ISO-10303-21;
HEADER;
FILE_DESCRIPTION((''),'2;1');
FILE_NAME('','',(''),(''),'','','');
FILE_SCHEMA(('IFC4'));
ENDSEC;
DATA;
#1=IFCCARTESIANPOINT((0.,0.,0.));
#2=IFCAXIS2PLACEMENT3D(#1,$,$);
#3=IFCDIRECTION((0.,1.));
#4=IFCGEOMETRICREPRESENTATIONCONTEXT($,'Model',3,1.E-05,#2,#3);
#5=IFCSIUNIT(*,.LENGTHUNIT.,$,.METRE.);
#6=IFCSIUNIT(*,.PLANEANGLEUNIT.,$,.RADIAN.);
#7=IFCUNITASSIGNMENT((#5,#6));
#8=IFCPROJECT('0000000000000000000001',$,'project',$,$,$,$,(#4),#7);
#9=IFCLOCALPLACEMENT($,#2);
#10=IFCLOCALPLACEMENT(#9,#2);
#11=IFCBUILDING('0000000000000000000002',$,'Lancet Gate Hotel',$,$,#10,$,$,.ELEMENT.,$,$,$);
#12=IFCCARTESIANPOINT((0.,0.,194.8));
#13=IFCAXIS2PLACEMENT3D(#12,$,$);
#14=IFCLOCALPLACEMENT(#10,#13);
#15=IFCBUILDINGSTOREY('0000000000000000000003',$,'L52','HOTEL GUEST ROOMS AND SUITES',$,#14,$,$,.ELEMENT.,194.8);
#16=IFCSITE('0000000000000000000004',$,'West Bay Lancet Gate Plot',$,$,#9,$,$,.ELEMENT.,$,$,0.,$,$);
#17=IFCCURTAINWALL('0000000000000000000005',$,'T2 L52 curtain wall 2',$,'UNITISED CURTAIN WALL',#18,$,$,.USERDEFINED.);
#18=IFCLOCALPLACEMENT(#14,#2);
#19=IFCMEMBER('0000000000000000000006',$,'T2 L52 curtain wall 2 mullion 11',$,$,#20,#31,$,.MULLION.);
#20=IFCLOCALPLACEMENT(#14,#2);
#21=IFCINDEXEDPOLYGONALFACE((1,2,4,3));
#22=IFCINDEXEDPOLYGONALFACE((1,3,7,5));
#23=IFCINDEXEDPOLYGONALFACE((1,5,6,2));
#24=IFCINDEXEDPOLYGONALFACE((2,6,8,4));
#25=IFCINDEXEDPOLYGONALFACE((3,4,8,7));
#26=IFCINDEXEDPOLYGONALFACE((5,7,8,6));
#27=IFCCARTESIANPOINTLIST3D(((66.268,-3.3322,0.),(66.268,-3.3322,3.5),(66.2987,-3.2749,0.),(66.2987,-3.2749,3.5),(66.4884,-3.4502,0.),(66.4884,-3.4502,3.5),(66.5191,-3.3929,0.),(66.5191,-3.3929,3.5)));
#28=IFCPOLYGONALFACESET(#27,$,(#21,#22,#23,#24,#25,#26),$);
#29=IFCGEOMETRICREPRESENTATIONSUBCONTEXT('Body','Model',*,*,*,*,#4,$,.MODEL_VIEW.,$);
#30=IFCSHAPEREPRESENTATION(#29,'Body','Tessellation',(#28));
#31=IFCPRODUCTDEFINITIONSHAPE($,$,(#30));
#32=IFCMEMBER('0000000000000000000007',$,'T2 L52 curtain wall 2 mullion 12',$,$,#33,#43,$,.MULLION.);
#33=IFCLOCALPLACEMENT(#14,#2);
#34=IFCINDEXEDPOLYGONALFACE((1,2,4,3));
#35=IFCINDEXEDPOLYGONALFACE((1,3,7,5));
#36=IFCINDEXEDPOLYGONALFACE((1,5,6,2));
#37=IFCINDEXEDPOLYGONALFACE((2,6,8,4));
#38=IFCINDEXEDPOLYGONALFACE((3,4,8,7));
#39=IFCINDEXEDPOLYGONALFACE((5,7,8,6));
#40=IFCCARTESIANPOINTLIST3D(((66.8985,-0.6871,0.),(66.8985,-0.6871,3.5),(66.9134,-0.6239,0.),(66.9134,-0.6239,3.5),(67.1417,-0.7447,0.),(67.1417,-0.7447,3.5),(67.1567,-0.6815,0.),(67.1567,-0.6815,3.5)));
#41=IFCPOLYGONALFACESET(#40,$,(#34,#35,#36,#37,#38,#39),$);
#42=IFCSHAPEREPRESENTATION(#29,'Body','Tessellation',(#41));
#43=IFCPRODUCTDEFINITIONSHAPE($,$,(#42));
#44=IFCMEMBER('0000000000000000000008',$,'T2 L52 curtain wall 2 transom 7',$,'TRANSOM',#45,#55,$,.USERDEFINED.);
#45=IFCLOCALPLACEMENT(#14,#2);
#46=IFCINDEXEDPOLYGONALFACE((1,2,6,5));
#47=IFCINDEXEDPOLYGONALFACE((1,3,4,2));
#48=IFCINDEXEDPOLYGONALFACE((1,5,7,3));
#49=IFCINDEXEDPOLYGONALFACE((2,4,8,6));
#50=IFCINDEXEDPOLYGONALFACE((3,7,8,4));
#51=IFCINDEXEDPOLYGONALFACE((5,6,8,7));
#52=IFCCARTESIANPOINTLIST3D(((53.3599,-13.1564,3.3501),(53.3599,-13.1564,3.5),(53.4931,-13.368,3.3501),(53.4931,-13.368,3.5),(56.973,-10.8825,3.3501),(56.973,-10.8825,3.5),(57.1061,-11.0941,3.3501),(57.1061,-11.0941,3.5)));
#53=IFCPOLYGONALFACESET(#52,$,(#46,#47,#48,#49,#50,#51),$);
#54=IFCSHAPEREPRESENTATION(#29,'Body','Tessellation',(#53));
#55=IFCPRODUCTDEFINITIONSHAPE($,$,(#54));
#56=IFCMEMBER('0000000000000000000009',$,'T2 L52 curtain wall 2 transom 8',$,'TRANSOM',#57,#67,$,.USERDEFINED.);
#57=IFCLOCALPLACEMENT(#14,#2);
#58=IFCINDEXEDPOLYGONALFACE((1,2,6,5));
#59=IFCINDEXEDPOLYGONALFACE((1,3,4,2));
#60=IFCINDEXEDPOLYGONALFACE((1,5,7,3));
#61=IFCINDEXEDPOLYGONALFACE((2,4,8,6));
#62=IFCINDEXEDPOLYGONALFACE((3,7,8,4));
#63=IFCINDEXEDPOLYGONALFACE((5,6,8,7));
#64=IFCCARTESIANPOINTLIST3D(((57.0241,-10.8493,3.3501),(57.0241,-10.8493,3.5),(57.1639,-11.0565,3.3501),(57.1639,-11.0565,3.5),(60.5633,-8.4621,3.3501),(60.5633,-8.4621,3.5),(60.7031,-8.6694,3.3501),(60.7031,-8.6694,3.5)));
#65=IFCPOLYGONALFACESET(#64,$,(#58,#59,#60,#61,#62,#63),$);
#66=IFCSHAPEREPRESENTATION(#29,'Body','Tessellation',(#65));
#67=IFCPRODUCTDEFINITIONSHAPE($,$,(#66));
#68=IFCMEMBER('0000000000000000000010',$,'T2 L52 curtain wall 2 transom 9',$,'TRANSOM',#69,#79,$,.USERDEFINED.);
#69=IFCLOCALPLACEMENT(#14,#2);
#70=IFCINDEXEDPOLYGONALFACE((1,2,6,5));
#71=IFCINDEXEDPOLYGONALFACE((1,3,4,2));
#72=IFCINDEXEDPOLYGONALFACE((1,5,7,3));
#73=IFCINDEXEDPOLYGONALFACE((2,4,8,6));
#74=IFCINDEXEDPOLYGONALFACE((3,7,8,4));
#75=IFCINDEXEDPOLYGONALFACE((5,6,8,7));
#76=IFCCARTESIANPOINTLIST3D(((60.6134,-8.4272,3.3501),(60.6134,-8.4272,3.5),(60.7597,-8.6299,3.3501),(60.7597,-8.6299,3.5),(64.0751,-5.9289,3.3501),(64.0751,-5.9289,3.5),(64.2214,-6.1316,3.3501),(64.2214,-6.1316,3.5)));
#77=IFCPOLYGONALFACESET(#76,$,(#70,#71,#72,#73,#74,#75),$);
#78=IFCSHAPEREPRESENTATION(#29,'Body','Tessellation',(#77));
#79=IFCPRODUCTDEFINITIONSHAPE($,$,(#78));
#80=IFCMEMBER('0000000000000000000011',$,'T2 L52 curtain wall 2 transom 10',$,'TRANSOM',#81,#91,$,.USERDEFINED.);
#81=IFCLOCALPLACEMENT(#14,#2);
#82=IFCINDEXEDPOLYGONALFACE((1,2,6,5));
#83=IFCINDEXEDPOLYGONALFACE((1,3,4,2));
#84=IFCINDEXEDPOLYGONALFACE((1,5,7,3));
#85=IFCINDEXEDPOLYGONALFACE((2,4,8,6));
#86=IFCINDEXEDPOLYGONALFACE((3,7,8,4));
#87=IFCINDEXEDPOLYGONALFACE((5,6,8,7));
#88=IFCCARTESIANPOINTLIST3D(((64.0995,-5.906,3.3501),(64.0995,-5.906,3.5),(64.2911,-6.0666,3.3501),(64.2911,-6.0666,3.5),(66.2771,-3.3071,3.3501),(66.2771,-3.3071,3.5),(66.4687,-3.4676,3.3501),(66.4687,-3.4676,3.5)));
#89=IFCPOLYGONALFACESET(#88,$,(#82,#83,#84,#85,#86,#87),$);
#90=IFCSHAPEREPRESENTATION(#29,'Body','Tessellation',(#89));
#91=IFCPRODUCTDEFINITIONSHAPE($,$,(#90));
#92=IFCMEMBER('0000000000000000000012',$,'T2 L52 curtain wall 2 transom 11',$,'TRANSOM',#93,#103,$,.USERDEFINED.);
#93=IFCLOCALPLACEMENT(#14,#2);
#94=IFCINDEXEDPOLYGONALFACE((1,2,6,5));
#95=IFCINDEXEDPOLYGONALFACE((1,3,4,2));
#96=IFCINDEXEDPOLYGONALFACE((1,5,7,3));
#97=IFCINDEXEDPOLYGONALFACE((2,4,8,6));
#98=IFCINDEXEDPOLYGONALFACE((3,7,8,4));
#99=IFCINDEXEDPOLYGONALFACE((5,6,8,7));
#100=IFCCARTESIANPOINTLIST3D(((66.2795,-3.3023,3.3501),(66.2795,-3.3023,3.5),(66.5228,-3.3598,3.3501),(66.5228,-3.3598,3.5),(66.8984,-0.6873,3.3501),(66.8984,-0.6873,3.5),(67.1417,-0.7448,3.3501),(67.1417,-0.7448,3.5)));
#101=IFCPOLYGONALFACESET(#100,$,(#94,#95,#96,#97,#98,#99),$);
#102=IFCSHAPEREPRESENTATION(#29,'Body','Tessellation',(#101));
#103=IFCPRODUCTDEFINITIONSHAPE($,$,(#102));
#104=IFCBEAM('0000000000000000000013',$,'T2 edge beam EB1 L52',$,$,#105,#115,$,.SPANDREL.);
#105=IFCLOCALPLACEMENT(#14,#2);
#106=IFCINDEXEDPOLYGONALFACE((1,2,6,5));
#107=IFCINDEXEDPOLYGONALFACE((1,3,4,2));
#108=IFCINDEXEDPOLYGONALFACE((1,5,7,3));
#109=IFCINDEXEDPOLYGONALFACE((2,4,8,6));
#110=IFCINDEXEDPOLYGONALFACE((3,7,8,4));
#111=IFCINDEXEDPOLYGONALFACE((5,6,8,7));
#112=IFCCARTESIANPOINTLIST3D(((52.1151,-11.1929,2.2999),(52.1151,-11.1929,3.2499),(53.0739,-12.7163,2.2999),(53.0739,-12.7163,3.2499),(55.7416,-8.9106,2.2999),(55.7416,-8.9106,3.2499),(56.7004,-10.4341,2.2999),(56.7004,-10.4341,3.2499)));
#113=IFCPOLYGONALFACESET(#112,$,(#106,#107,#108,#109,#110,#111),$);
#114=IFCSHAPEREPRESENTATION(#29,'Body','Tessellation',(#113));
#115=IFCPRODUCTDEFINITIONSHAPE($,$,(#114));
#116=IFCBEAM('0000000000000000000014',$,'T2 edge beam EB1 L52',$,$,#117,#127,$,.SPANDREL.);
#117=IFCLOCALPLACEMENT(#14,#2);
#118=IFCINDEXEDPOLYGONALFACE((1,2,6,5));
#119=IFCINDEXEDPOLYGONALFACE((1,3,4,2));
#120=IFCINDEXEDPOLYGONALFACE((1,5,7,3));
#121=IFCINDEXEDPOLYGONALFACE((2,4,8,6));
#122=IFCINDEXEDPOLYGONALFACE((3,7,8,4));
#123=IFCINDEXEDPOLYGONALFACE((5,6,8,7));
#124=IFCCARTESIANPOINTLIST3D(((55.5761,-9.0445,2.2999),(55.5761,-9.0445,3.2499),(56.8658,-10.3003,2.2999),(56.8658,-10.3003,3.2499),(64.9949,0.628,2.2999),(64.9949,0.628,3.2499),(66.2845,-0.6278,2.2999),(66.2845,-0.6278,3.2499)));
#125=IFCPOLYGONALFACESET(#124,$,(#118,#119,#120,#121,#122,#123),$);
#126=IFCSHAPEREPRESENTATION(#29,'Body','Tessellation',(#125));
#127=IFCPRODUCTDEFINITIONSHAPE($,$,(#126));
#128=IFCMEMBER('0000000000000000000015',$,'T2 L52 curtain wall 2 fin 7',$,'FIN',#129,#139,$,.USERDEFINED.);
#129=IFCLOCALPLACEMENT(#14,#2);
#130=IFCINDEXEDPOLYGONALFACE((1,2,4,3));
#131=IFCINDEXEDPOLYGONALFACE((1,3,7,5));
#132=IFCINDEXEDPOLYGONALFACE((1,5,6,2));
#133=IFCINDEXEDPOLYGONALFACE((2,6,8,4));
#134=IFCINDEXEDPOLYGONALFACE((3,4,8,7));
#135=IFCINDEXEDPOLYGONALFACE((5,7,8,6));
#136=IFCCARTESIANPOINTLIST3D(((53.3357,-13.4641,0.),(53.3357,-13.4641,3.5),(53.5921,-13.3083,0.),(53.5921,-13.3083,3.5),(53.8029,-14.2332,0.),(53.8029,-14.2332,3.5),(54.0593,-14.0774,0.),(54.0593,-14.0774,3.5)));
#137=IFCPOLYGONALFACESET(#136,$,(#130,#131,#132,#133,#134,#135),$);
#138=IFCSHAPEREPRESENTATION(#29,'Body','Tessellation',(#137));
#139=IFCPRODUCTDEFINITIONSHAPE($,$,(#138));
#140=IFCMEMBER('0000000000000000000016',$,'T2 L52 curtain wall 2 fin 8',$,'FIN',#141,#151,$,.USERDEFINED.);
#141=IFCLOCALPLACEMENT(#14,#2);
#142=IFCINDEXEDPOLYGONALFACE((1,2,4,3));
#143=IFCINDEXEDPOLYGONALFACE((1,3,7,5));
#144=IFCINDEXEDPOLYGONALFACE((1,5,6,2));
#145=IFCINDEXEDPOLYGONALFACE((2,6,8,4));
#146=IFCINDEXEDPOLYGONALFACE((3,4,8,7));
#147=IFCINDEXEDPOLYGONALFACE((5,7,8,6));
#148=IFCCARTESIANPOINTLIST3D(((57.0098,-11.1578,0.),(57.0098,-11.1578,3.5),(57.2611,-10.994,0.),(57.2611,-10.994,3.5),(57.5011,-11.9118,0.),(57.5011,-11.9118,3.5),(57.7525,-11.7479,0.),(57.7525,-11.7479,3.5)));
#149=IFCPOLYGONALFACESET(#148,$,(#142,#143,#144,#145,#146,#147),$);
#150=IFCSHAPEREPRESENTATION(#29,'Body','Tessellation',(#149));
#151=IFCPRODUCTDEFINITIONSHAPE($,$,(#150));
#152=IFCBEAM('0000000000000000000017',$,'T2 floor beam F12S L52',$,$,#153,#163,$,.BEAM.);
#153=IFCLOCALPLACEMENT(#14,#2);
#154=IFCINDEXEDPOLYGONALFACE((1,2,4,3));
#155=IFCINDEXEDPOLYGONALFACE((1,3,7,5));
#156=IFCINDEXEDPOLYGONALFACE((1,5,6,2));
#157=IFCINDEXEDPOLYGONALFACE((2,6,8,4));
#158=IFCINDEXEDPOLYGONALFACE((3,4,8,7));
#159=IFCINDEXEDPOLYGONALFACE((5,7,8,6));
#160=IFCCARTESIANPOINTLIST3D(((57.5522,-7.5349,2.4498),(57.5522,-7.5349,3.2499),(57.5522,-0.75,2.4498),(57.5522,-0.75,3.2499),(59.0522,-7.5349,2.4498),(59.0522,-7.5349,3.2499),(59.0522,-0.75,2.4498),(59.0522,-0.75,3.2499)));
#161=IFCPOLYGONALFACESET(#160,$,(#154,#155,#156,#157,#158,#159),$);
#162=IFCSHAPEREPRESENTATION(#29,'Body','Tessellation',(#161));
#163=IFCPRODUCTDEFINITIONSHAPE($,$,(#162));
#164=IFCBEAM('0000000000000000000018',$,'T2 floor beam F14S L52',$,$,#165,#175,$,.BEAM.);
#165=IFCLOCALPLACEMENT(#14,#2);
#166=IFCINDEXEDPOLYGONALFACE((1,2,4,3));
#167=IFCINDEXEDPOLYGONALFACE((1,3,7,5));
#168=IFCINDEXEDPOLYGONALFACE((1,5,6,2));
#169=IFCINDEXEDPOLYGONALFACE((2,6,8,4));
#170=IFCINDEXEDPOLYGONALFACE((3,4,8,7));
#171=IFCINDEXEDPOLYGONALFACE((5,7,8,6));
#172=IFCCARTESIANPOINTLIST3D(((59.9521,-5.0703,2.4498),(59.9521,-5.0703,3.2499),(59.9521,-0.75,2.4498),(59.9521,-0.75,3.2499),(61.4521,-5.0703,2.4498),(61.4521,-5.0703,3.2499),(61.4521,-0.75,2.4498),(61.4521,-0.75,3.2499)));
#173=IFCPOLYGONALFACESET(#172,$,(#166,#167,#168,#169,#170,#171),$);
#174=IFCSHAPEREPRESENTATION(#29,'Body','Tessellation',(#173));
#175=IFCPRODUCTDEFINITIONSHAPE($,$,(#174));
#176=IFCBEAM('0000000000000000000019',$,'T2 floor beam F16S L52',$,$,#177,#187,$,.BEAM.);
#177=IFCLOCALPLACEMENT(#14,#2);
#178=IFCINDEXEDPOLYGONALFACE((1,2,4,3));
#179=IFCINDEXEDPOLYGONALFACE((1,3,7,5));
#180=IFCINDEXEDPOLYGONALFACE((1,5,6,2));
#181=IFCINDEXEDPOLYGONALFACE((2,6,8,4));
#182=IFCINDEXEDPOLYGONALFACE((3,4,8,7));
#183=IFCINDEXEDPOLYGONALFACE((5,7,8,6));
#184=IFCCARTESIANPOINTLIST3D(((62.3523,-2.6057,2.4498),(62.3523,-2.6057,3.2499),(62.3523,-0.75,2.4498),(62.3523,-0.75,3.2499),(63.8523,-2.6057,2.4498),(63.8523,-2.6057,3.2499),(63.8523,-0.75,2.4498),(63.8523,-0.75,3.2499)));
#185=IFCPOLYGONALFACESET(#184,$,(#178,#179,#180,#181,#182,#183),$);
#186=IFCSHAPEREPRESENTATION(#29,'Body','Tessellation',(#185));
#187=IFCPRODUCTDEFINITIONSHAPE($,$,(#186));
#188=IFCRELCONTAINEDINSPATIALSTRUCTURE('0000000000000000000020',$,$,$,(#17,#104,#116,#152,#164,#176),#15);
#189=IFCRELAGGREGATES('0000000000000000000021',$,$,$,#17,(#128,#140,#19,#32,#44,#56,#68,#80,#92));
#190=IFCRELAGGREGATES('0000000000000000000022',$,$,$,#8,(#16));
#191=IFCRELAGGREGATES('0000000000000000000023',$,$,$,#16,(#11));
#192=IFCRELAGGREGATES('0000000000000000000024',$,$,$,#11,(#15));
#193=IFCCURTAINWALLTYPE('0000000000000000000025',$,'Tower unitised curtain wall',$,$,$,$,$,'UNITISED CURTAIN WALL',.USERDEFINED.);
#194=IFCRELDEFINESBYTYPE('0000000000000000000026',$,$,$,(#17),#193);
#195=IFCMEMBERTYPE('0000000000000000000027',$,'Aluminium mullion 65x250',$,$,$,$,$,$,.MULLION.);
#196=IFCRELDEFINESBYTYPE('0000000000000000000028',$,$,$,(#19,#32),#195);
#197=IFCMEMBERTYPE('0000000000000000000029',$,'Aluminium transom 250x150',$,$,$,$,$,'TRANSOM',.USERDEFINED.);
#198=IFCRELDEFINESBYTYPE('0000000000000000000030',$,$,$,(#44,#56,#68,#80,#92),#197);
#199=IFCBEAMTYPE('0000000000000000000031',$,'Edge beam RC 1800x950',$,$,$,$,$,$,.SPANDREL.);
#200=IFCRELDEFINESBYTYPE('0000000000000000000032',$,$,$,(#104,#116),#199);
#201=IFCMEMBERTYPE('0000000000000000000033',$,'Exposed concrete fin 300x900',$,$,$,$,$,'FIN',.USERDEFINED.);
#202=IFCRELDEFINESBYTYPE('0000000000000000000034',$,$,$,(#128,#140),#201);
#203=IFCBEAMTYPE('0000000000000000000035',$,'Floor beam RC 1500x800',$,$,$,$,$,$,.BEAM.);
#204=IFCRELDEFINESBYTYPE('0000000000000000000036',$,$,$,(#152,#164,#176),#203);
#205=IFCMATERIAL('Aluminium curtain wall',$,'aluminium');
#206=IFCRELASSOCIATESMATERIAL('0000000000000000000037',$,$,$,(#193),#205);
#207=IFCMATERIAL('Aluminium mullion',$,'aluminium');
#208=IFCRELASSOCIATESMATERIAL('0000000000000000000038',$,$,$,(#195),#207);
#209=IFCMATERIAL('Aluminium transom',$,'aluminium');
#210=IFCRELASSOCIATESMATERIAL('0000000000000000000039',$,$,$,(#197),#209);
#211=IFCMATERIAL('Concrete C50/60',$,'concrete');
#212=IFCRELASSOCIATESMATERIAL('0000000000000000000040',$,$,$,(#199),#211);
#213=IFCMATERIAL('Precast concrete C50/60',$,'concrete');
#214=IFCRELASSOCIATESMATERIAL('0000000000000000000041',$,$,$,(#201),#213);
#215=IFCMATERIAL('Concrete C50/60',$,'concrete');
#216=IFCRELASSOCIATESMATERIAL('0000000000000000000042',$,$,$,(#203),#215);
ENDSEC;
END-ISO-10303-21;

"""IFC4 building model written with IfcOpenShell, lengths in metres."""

from ifc_helpers import new_model, si_unit, direction, frame, origin, origin_2d, place, context, subcontext, project, spatial, rectangle, extrude, material, material_profile, profile_set, type_object, element, aggregate, save


model = new_model("IFC4")

# Units and contexts
model_context = context("Model", 3, precision=1e-05, world=origin(), true_north=direction((0.0, 1.0)))
body_context = subcontext(model_context, "Body", "Model", "MODEL_VIEW")
ifc_project = project(units=[si_unit("LENGTHUNIT", "METRE"), si_unit("PLANEANGLEUNIT", "RADIAN")], contexts=[model_context])

# Site, building, storey
site_placement = place(None, origin())
site = spatial("IfcSite", under=ifc_project, at=site_placement, Name="West Bay Lancet Gate Plot", CompositionType="ELEMENT", RefElevation=0.0)
building_placement = place(site_placement, origin())
building = spatial("IfcBuilding", under=site, at=building_placement, Name="Lancet Gate Hotel", CompositionType="ELEMENT")
storey_placement = place(building_placement, frame((0.0, 0.0, 194.8)))
storey = spatial("IfcBuildingStorey", under=building, at=storey_placement, Name="L52", Description="HOTEL GUEST ROOMS AND SUITES", CompositionType="ELEMENT", Elevation=194.8)

# Curtain wall, members
ifc_material_1 = material(Name="Aluminium curtain wall", Category="aluminium")
curtain_wall_type = type_object("IfcCurtainWallType", Name="Tower unitised curtain wall", ElementType="UNITISED CURTAIN WALL", PredefinedType="USERDEFINED", material=ifc_material_1)
curtain_wall_placement = place(storey_placement, origin())
curtain_wall = element("IfcCurtainWall", 1, at=curtain_wall_placement, inside=storey, type_object=curtain_wall_type, Name="T2 L52 curtain wall 2", ObjectType="UNITISED CURTAIN WALL", PredefinedType="USERDEFINED")
ifc_material_2 = material(Name="Aluminium mullion", Category="aluminium")
ifc_material_profile_1 = material_profile(ifc_material_2, rectangle(XDim=0.0649, YDim=0.25, at=origin_2d()), Name="MULLION 65x250")
ifc_profile_set_1 = profile_set([ifc_material_profile_1], Name="Aluminium mullion")
member_type_1 = type_object("IfcMemberType", Name="Aluminium mullion 65x250", PredefinedType="MULLION", material=ifc_profile_set_1)
member_1_placement = place(storey_placement, frame((66.3936, -3.3625, 0.0), z_axis=(0.0, 0.0, 1.0), x_axis=(0.472146, 0.88152, 0.0)))
member_1 = element("IfcMember", 2, at=member_1_placement, type_object=member_type_1, Name="T2 L52 curtain wall 2 mullion 11", PredefinedType="MULLION", context=body_context, shape_type="SweptSolid", body=[
    extrude(rectangle(XDim=0.0649, YDim=0.25, at=origin_2d()), origin(), (0.0, 0.0, 1.0), 3.5),
])
member_2_placement = place(storey_placement, frame((67.0276, -0.6843, 0.0), z_axis=(0.0, 0.0, 1.0), x_axis=(0.230367, 0.973104, 0.0)))
member_2 = element("IfcMember", 3, at=member_2_placement, type_object=member_type_1, Name="T2 L52 curtain wall 2 mullion 12", PredefinedType="MULLION", context=body_context, shape_type="SweptSolid", body=[
    extrude(rectangle(XDim=0.0649, YDim=0.25, at=origin_2d()), origin(), (0.0, 0.0, 1.0), 3.5),
])
ifc_material_3 = material(Name="Aluminium transom", Category="aluminium")
ifc_material_profile_2 = material_profile(ifc_material_3, rectangle(XDim=0.25, YDim=0.1499, at=origin_2d()), Name="TRANSOM 250x150")
ifc_profile_set_2 = profile_set([ifc_material_profile_2], Name="Aluminium transom")
member_type_2 = type_object("IfcMemberType", Name="Aluminium transom 250x150", ElementType="TRANSOM", PredefinedType="USERDEFINED", material=ifc_profile_set_2)
member_3_placement = place(storey_placement, frame((53.4265, -13.2622, 3.425), z_axis=(0.846333, 0.532654, 0.0), x_axis=(-0.532654, 0.846333, 0.0)))
member_3 = element("IfcMember", 4, at=member_3_placement, type_object=member_type_2, Name="T2 L52 curtain wall 2 transom 7", ObjectType="TRANSOM", PredefinedType="USERDEFINED", context=body_context, shape_type="SweptSolid", body=[
    extrude(rectangle(XDim=0.25, YDim=0.1499, at=origin_2d()), origin(), (0.0, 0.0, 1.0), 4.269),
])
member_4_placement = place(storey_placement, frame((57.094, -10.9529, 3.425), z_axis=(0.829047, 0.559179, 0.0), x_axis=(-0.559179, 0.829047, 0.0)))
member_4 = element("IfcMember", 5, at=member_4_placement, type_object=member_type_2, Name="T2 L52 curtain wall 2 transom 8", ObjectType="TRANSOM", PredefinedType="USERDEFINED", context=body_context, shape_type="SweptSolid", body=[
    extrude(rectangle(XDim=0.25, YDim=0.1499, at=origin_2d()), origin(), (0.0, 0.0, 1.0), 4.269),
])
member_5_placement = place(storey_placement, frame((60.6865, -8.5286, 3.425), z_axis=(0.81088, 0.585213, 0.0), x_axis=(-0.585213, 0.81088, 0.0)))
member_5 = element("IfcMember", 6, at=member_5_placement, type_object=member_type_2, Name="T2 L52 curtain wall 2 transom 9", ObjectType="TRANSOM", PredefinedType="USERDEFINED", context=body_context, shape_type="SweptSolid", body=[
    extrude(rectangle(XDim=0.25, YDim=0.1499, at=origin_2d()), origin(), (0.0, 0.0, 1.0), 4.269),
])
member_6_placement = place(storey_placement, frame((64.1953, -5.9863, 3.425), z_axis=(0.642229, 0.766513, 0.0), x_axis=(-0.766513, 0.642229, 0.0)))
member_6 = element("IfcMember", 7, at=member_6_placement, type_object=member_type_2, Name="T2 L52 curtain wall 2 transom 10", ObjectType="TRANSOM", PredefinedType="USERDEFINED", context=body_context, shape_type="SweptSolid", body=[
    extrude(rectangle(XDim=0.25, YDim=0.1499, at=origin_2d()), origin(), (0.0, 0.0, 1.0), 3.3906),
])
member_7_placement = place(storey_placement, frame((66.4011, -3.3311, 3.425), z_axis=(0.23031, 0.973117, 0.0), x_axis=(-0.973117, 0.23031, 0.0)))
member_7 = element("IfcMember", 8, at=member_7_placement, type_object=member_type_2, Name="T2 L52 curtain wall 2 transom 11", ObjectType="TRANSOM", PredefinedType="USERDEFINED", context=body_context, shape_type="SweptSolid", body=[
    extrude(rectangle(XDim=0.25, YDim=0.1499, at=origin_2d()), origin(), (0.0, 0.0, 1.0), 2.6873),
])

# Beams
ifc_material_4 = material(Name="Concrete C50/60", Category="concrete")
ifc_material_profile_3 = material_profile(ifc_material_4, rectangle(XDim=1.8, YDim=0.95, at=origin_2d()), Name="RC 1800x950")
ifc_profile_set_3 = profile_set([ifc_material_profile_3], Name="Concrete C50/60")
beam_type_1 = type_object("IfcBeamType", Name="Edge beam RC 1800x950", PredefinedType="SPANDREL", material=ifc_profile_set_3)
beam_1_placement = place(storey_placement, frame((52.5945, -11.9546, 2.7749), z_axis=(0.846349, 0.532629, 0.0), x_axis=(-0.532629, 0.846349, 0.0)))
element("IfcBeam", 9, at=beam_1_placement, inside=storey, type_object=beam_type_1, Name="T2 edge beam EB1 L52", PredefinedType="SPANDREL", context=body_context, shape_type="SweptSolid", body=[
    extrude(rectangle(XDim=1.8, YDim=0.95, at=origin_2d()), origin(), (0.0, 0.0, 1.0), 4.2849),
])
beam_2_placement = place(storey_placement, frame((56.2209, -9.6724, 2.7749), z_axis=(0.69765, 0.716439, 0.0), x_axis=(-0.716439, 0.69765, 0.0)))
element("IfcBeam", 10, at=beam_2_placement, inside=storey, type_object=beam_type_1, Name="T2 edge beam EB1 L52", PredefinedType="SPANDREL", context=body_context, shape_type="SweptSolid", body=[
    extrude(rectangle(XDim=1.8, YDim=0.95, at=origin_2d()), origin(), (0.0, 0.0, 1.0), 13.5007),
])

# Members
ifc_material_5 = material(Name="Precast concrete C50/60", Category="concrete")
ifc_material_profile_4 = material_profile(ifc_material_5, rectangle(XDim=0.3, YDim=0.8999, at=origin_2d()), Name="FIN 300x900")
ifc_profile_set_4 = profile_set([ifc_material_profile_4], Name="Precast concrete C50/60")
member_type_3 = type_object("IfcMemberType", Name="Exposed concrete fin 300x900", ElementType="FIN", PredefinedType="USERDEFINED", material=ifc_profile_set_4)
member_8_placement = place(storey_placement, frame((53.6975, -13.7708, 0.0), z_axis=(0.0, 0.0, 1.0), x_axis=(0.854691, 0.519137, 0.0)))
member_8 = element("IfcMember", 11, at=member_8_placement, type_object=member_type_3, Name="T2 L52 curtain wall 2 fin 7", ObjectType="FIN", PredefinedType="USERDEFINED", context=body_context, shape_type="SweptSolid", body=[
    extrude(rectangle(XDim=0.3, YDim=0.8999, at=origin_2d()), origin(), (0.0, 0.0, 1.0), 3.5),
])
member_9_placement = place(storey_placement, frame((57.3811, -11.4529, 0.0), z_axis=(0.0, 0.0, 1.0), x_axis=(0.837801, 0.545976, 0.0)))
member_9 = element("IfcMember", 12, at=member_9_placement, type_object=member_type_3, Name="T2 L52 curtain wall 2 fin 8", ObjectType="FIN", PredefinedType="USERDEFINED", context=body_context, shape_type="SweptSolid", body=[
    extrude(rectangle(XDim=0.3, YDim=0.8999, at=origin_2d()), origin(), (0.0, 0.0, 1.0), 3.5),
])

# Beams
ifc_material_6 = material(Name="Concrete C50/60", Category="concrete")
ifc_material_profile_5 = material_profile(ifc_material_6, rectangle(XDim=1.5, YDim=0.8, at=origin_2d()), Name="RC 1500x800")
ifc_profile_set_5 = profile_set([ifc_material_profile_5], Name="Concrete C50/60")
beam_type_2 = type_object("IfcBeamType", Name="Floor beam RC 1500x800", PredefinedType="BEAM", material=ifc_profile_set_5)
beam_3_placement = place(storey_placement, frame((58.3022, -7.5349, 2.8499), z_axis=(0.0, 1.0, 0.0), x_axis=(-1.0, 0.0, 0.0)))
element("IfcBeam", 13, at=beam_3_placement, inside=storey, type_object=beam_type_2, Name="T2 floor beam F12S L52", PredefinedType="BEAM", context=body_context, shape_type="SweptSolid", body=[
    extrude(rectangle(XDim=1.5, YDim=0.8, at=origin_2d()), origin(), (0.0, 0.0, 1.0), 6.7849),
])
beam_4_placement = place(storey_placement, frame((60.7021, -5.0703, 2.8499), z_axis=(0.0, 1.0, 0.0), x_axis=(-1.0, 0.0, 0.0)))
element("IfcBeam", 14, at=beam_4_placement, inside=storey, type_object=beam_type_2, Name="T2 floor beam F14S L52", PredefinedType="BEAM", context=body_context, shape_type="SweptSolid", body=[
    extrude(rectangle(XDim=1.5, YDim=0.8, at=origin_2d()), origin(), (0.0, 0.0, 1.0), 4.3203),
])
beam_5_placement = place(storey_placement, frame((63.1023, -2.6057, 2.8499), z_axis=(0.0, 1.0, 0.0), x_axis=(-1.0, 0.0, 0.0)))
element("IfcBeam", 15, at=beam_5_placement, inside=storey, type_object=beam_type_2, Name="T2 floor beam F16S L52", PredefinedType="BEAM", context=body_context, shape_type="SweptSolid", body=[
    extrude(rectangle(XDim=1.5, YDim=0.8, at=origin_2d()), origin(), (0.0, 0.0, 1.0), 1.8557),
])

aggregate(curtain_wall, [member_8, member_9, member_1, member_2, member_3, member_4, member_5, member_6, member_7])

save(model, "model.ifc")
